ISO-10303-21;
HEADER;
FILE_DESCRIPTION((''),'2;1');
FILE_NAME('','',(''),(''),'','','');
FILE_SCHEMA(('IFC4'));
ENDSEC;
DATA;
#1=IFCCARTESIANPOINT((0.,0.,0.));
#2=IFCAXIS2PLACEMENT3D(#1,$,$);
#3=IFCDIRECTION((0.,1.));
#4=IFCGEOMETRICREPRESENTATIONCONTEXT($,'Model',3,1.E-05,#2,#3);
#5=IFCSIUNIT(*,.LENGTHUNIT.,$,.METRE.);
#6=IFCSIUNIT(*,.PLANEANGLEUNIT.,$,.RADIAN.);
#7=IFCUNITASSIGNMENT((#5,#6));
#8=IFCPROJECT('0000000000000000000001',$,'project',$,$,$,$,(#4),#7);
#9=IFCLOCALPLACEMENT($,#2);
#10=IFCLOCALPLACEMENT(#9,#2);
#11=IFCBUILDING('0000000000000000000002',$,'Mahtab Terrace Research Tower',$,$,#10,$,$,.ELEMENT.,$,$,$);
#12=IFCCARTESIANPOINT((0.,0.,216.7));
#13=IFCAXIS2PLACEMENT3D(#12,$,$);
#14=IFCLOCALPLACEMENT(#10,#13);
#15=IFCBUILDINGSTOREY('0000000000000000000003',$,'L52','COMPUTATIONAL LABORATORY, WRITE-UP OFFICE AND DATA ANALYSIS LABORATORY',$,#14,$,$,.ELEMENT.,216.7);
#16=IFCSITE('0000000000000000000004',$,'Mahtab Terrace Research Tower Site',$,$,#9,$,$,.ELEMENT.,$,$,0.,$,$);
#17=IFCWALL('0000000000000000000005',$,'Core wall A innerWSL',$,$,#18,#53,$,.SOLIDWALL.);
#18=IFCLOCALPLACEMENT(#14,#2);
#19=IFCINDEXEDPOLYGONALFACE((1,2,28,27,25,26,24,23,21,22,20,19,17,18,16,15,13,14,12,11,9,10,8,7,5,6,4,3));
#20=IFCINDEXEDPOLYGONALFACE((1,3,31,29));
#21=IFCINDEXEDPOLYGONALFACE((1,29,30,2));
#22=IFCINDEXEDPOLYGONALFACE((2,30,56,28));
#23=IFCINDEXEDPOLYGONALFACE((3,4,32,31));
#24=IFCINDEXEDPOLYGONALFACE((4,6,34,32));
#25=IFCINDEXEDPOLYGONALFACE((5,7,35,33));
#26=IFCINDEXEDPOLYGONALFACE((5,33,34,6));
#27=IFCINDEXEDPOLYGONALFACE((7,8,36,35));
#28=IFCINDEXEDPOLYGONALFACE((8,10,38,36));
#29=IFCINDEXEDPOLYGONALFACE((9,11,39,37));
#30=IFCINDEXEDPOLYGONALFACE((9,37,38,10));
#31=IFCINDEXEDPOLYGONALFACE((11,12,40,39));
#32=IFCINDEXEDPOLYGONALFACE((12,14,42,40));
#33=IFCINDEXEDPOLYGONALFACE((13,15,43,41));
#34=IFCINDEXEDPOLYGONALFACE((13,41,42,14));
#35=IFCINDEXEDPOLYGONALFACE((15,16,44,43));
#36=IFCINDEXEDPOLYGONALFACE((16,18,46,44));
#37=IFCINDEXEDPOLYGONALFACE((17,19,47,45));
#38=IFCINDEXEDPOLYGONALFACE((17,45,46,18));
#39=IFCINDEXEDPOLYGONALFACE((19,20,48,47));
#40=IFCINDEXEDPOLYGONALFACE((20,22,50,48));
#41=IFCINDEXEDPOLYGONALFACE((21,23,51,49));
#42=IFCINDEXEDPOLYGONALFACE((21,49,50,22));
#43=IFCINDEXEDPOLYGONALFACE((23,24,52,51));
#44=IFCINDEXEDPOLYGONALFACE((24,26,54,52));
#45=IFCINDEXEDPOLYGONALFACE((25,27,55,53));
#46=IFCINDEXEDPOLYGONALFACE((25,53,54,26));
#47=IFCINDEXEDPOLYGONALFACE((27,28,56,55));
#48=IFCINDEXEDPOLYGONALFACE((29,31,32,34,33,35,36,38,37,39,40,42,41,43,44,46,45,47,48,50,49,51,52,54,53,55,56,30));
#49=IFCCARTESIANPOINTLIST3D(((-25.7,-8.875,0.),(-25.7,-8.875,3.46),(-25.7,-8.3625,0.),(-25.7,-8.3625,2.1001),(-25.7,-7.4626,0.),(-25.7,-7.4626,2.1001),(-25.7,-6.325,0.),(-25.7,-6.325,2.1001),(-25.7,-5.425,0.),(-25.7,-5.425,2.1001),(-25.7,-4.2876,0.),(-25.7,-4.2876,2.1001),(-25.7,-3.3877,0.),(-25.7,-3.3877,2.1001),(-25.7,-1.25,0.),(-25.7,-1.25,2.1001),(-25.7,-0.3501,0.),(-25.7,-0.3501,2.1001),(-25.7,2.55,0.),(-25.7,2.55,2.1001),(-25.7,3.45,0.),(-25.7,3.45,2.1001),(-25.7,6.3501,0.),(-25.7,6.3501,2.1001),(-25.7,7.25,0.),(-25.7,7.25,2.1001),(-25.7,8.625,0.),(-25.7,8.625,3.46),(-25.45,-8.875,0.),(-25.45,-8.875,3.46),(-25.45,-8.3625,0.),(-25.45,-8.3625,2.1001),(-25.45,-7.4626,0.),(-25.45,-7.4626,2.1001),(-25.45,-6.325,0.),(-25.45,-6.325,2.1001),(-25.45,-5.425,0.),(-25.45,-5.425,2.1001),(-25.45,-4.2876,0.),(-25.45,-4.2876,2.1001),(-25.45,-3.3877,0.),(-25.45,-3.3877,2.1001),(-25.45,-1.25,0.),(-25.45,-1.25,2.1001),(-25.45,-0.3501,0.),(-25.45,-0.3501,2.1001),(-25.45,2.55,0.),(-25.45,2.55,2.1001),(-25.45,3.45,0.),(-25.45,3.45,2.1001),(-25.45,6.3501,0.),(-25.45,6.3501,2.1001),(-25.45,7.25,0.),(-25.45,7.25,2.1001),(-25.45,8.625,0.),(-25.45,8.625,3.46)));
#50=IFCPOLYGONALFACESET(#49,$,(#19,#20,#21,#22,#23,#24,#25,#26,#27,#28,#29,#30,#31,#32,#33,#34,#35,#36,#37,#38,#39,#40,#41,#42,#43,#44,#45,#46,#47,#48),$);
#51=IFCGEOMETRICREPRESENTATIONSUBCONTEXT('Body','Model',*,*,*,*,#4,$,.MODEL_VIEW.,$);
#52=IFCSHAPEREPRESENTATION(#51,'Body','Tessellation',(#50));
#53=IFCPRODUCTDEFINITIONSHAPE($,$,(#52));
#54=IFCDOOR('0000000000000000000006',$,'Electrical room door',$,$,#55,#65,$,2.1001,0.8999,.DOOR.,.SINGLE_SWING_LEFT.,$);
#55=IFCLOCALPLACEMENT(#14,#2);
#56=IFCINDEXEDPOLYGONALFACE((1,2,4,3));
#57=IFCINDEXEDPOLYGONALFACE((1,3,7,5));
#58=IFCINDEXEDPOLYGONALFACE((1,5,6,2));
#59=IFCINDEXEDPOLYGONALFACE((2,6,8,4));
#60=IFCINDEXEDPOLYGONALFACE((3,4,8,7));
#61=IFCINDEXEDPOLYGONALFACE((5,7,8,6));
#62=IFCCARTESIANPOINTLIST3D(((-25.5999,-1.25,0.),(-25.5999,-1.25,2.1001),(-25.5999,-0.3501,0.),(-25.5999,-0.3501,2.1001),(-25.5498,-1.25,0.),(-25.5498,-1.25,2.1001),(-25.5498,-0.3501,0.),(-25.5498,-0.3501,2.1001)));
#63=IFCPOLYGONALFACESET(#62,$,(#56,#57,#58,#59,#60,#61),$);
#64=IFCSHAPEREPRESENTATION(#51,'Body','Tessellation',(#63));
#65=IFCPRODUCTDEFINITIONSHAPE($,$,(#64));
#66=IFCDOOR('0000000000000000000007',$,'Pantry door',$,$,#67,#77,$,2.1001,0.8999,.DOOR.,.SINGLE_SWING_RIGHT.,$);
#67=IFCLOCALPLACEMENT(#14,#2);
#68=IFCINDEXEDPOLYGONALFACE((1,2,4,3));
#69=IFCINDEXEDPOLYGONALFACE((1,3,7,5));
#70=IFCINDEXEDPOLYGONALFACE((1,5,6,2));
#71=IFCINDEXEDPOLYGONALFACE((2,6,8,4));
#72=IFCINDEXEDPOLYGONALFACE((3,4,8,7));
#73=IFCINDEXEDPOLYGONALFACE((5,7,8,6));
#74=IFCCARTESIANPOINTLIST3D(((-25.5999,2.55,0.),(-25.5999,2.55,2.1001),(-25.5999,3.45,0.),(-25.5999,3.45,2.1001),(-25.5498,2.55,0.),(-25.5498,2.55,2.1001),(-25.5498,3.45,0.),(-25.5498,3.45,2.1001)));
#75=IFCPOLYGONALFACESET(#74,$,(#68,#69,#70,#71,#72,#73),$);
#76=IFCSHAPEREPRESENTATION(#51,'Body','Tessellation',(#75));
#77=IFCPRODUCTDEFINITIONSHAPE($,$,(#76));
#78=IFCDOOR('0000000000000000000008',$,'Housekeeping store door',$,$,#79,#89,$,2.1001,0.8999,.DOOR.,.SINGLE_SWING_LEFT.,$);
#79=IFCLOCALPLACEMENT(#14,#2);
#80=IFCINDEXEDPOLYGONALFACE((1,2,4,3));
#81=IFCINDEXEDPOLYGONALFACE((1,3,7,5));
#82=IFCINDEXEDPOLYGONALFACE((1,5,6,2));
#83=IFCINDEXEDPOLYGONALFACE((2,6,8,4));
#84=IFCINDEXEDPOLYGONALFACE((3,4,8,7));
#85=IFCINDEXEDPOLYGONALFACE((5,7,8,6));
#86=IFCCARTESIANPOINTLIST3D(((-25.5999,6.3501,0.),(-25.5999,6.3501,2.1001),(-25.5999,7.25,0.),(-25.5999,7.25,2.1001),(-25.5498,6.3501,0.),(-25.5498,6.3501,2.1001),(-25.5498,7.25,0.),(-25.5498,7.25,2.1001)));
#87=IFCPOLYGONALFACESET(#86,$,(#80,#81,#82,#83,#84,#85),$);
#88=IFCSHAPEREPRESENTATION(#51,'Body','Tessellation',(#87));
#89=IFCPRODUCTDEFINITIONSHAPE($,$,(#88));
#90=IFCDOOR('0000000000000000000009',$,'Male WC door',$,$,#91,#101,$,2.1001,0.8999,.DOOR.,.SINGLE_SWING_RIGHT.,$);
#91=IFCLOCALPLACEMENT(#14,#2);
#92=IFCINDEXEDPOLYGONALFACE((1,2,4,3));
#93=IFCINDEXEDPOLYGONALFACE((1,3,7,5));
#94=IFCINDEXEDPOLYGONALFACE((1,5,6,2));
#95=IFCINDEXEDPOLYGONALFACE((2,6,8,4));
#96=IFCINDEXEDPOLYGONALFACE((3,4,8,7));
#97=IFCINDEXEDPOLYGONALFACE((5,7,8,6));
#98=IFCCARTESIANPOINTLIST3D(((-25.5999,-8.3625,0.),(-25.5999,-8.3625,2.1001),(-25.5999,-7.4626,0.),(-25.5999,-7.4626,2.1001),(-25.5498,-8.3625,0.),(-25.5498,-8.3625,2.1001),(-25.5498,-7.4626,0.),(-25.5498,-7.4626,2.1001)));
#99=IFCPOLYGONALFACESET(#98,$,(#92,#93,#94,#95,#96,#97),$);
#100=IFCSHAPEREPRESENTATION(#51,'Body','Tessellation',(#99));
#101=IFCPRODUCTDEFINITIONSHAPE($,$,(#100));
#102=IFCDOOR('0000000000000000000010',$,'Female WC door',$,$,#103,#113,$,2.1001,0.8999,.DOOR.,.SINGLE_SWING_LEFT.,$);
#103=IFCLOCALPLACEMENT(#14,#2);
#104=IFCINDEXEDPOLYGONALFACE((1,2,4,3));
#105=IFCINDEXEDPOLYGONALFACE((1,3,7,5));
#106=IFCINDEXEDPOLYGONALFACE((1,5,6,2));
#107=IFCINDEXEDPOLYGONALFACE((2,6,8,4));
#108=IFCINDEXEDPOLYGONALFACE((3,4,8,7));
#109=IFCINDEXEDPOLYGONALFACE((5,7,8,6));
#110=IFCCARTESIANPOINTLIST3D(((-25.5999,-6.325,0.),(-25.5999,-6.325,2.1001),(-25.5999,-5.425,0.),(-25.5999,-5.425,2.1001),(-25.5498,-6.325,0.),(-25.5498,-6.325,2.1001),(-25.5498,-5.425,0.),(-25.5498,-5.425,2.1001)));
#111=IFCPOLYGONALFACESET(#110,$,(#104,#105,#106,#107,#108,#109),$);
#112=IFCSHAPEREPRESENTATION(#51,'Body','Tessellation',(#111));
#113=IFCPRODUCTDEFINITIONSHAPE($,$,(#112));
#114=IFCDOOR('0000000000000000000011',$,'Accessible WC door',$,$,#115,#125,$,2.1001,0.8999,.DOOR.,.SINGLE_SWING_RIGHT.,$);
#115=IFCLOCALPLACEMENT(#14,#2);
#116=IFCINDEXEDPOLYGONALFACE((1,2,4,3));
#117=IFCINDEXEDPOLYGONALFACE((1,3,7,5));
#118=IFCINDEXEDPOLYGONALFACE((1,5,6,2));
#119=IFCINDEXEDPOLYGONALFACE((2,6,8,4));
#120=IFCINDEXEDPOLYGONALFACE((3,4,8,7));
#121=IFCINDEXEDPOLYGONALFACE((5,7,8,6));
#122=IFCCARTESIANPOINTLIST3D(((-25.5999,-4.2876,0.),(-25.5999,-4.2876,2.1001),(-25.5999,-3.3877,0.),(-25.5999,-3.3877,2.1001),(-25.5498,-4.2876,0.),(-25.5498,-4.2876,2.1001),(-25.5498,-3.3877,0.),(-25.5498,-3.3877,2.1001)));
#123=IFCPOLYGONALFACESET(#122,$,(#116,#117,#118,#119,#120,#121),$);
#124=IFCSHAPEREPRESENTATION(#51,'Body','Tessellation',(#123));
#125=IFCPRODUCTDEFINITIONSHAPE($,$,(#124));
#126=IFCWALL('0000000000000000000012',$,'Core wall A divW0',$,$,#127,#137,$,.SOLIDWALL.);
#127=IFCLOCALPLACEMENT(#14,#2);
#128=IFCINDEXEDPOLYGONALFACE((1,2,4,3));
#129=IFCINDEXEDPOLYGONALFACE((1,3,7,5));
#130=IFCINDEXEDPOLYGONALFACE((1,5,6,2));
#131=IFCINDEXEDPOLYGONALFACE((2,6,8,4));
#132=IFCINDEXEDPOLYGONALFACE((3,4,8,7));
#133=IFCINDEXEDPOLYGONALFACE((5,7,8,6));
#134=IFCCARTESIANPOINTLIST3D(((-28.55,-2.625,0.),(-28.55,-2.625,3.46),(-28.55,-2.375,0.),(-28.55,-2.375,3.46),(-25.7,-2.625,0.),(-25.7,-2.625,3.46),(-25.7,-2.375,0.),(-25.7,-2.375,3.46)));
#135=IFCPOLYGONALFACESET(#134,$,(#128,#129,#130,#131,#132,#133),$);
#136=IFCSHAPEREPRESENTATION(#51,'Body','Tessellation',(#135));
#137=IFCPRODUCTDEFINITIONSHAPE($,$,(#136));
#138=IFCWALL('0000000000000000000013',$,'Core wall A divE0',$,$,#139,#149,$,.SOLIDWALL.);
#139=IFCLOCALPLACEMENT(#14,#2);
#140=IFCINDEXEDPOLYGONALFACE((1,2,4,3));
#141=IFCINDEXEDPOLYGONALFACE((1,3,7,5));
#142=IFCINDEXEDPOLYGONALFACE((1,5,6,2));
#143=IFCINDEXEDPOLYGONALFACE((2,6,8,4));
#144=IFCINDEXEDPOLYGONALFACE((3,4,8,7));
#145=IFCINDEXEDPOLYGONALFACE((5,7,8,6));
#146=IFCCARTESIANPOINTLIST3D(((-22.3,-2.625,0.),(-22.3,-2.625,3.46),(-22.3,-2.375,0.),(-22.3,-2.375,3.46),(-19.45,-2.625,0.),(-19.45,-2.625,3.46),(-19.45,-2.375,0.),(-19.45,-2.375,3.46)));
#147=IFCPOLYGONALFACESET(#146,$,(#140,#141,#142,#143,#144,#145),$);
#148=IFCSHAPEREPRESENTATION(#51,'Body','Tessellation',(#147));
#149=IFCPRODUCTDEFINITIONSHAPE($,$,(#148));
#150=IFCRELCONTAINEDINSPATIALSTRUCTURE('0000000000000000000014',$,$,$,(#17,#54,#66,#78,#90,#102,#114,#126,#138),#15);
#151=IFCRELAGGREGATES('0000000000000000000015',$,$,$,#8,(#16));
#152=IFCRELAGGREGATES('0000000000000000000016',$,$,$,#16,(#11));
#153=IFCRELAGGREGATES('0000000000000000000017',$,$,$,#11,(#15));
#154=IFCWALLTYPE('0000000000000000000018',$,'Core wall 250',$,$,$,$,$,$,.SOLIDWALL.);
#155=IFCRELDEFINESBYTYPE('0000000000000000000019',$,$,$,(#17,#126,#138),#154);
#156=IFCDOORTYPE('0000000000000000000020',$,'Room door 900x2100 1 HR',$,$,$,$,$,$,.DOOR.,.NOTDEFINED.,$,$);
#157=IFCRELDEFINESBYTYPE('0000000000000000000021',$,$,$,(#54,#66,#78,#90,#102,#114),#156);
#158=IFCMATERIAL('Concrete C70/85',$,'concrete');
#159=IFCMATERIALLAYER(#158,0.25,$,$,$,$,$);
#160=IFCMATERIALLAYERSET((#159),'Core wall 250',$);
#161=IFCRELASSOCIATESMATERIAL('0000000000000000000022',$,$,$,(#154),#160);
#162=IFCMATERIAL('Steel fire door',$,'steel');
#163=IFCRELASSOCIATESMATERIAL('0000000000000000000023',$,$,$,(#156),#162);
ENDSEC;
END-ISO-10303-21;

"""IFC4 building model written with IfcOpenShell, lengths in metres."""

from ifc_helpers import new_model, si_unit, direction, frame, frame_2d, origin, place, context, subcontext, project, spatial, rectangle, extrude, material, layer, layer_set, type_object, element, fill, save


model = new_model("IFC4")

# Units and contexts
model_context = context("Model", 3, precision=1e-05, world=origin(), true_north=direction((0.0, 1.0)))
body_context = subcontext(model_context, "Body", "Model", "MODEL_VIEW")
ifc_project = project(units=[si_unit("LENGTHUNIT", "METRE"), si_unit("PLANEANGLEUNIT", "RADIAN")], contexts=[model_context])

# Site, building, storey
site_placement = place(None, origin())
site = spatial("IfcSite", under=ifc_project, at=site_placement, Name="Mahtab Terrace Research Tower Site", CompositionType="ELEMENT", RefElevation=0.0)
building_placement = place(site_placement, origin())
building = spatial("IfcBuilding", under=site, at=building_placement, Name="Mahtab Terrace Research Tower", CompositionType="ELEMENT")
storey_placement = place(building_placement, frame((0.0, 0.0, 216.7)))
storey = spatial("IfcBuildingStorey", under=building, at=storey_placement, Name="L52", Description="COMPUTATIONAL LABORATORY, WRITE-UP OFFICE AND DATA ANALYSIS LABORATORY", CompositionType="ELEMENT", Elevation=216.7)

# Shared definitions
ifc_material_1 = material(Name="Concrete C70/85", Category="concrete")

# Shared definitions
ifc_layer_1 = layer(ifc_material_1, 0.25)
ifc_layer_set_1 = layer_set([ifc_layer_1], Name="Core wall 250")
wall_type_1 = type_object("IfcWallType", Name="Core wall 250", PredefinedType="SOLIDWALL", material=ifc_layer_set_1)

# Shared definitions
ifc_material_2 = material(Name="Steel fire door", Category="steel")

# Wall, openings, doors
wall_1_placement = place(storey_placement, frame((-25.575, -8.875, 0.0), z_axis=(0.0, 0.0, 1.0), x_axis=(0.0, 1.0, 0.0)))
wall_1 = element("IfcWall", 1, at=wall_1_placement, inside=storey, type_object=wall_type_1, Name="Core wall A innerWSL", PredefinedType="SOLIDWALL", context=body_context, shape_type="SweptSolid", body=[
    extrude(rectangle(XDim=17.5, YDim=0.25, at=frame_2d((8.75, 0.0))), origin(), (0.0, 0.0, 1.0), 3.46),
])
opening_1_placement = place(wall_1_placement, frame((7.625, 0.0, 0.0)))
opening_1 = element("IfcOpeningElement", 2, at=opening_1_placement, cuts=wall_1, PredefinedType="OPENING", context=body_context, shape_type="SweptSolid", body=[
    extrude(rectangle(XDim=0.8999, YDim=2.1001, at=frame_2d((0.45, 1.05))), frame((0.0, 0.135, 0.0), z_axis=(0.0, -1.0, 0.0), x_axis=(1.0, 0.0, 0.0)), (0.0, 0.0, 1.0), 0.27),
])
opening_2_placement = place(wall_1_placement, frame((11.425, 0.0, 0.0)))
opening_2 = element("IfcOpeningElement", 3, at=opening_2_placement, cuts=wall_1, PredefinedType="OPENING", context=body_context, shape_type="SweptSolid", body=[
    extrude(rectangle(XDim=0.8999, YDim=2.1001, at=frame_2d((0.45, 1.05))), frame((0.0, 0.135, 0.0), z_axis=(0.0, -1.0, 0.0), x_axis=(1.0, 0.0, 0.0)), (0.0, 0.0, 1.0), 0.27),
])
opening_3_placement = place(wall_1_placement, frame((15.2251, 0.0, 0.0)))
opening_3 = element("IfcOpeningElement", 4, at=opening_3_placement, cuts=wall_1, PredefinedType="OPENING", context=body_context, shape_type="SweptSolid", body=[
    extrude(rectangle(XDim=0.8999, YDim=2.1001, at=frame_2d((0.45, 1.05))), frame((0.0, 0.135, 0.0), z_axis=(0.0, -1.0, 0.0), x_axis=(1.0, 0.0, 0.0)), (0.0, 0.0, 1.0), 0.27),
])
opening_4_placement = place(wall_1_placement, frame((0.5125, 0.0, 0.0)))
opening_4 = element("IfcOpeningElement", 5, at=opening_4_placement, cuts=wall_1, PredefinedType="OPENING", context=body_context, shape_type="SweptSolid", body=[
    extrude(rectangle(XDim=0.8999, YDim=2.1001, at=frame_2d((0.45, 1.05))), frame((0.0, 0.135, 0.0), z_axis=(0.0, -1.0, 0.0), x_axis=(1.0, 0.0, 0.0)), (0.0, 0.0, 1.0), 0.27),
])
opening_5_placement = place(wall_1_placement, frame((2.55, 0.0, 0.0)))
opening_5 = element("IfcOpeningElement", 6, at=opening_5_placement, cuts=wall_1, PredefinedType="OPENING", context=body_context, shape_type="SweptSolid", body=[
    extrude(rectangle(XDim=0.8999, YDim=2.1001, at=frame_2d((0.45, 1.05))), frame((0.0, 0.135, 0.0), z_axis=(0.0, -1.0, 0.0), x_axis=(1.0, 0.0, 0.0)), (0.0, 0.0, 1.0), 0.27),
])
opening_6_placement = place(wall_1_placement, frame((4.5874, 0.0, 0.0)))
opening_6 = element("IfcOpeningElement", 7, at=opening_6_placement, cuts=wall_1, PredefinedType="OPENING", context=body_context, shape_type="SweptSolid", body=[
    extrude(rectangle(XDim=0.8999, YDim=2.1001, at=frame_2d((0.45, 1.05))), frame((0.0, 0.135, 0.0), z_axis=(0.0, -1.0, 0.0), x_axis=(1.0, 0.0, 0.0)), (0.0, 0.0, 1.0), 0.27),
])
door_type_1 = type_object("IfcDoorType", Name="Room door 900x2100 1 HR", OperationType="NOTDEFINED", PredefinedType="DOOR", material=ifc_material_2)
door_1_placement = place(opening_1_placement, origin())
door_1 = element("IfcDoor", 8, at=door_1_placement, inside=storey, type_object=door_type_1, Name="Electrical room door", OperationType="SINGLE_SWING_LEFT", OverallHeight=2.1001, OverallWidth=0.8999, PredefinedType="DOOR", context=body_context, shape_type="SweptSolid", body=[
    extrude(rectangle(XDim=0.8999, YDim=2.1001, at=frame_2d((0.45, 1.05))), frame((0.0, 0.0249, 0.0), z_axis=(0.0, -1.0, 0.0), x_axis=(1.0, 0.0, 0.0)), (0.0, 0.0, 1.0), 0.05),
])
fill(opening_1, door_1)
door_2_placement = place(opening_2_placement, origin())
door_2 = element("IfcDoor", 9, at=door_2_placement, inside=storey, type_object=door_type_1, Name="Pantry door", OperationType="SINGLE_SWING_RIGHT", OverallHeight=2.1001, OverallWidth=0.8999, PredefinedType="DOOR", context=body_context, shape_type="SweptSolid", body=[
    extrude(rectangle(XDim=0.8999, YDim=2.1001, at=frame_2d((0.45, 1.05))), frame((0.0, 0.0249, 0.0), z_axis=(0.0, -1.0, 0.0), x_axis=(1.0, 0.0, 0.0)), (0.0, 0.0, 1.0), 0.05),
])
fill(opening_2, door_2)
door_3_placement = place(opening_3_placement, origin())
door_3 = element("IfcDoor", 10, at=door_3_placement, inside=storey, type_object=door_type_1, Name="Housekeeping store door", OperationType="SINGLE_SWING_LEFT", OverallHeight=2.1001, OverallWidth=0.8999, PredefinedType="DOOR", context=body_context, shape_type="SweptSolid", body=[
    extrude(rectangle(XDim=0.8999, YDim=2.1001, at=frame_2d((0.45, 1.05))), frame((0.0, 0.0249, 0.0), z_axis=(0.0, -1.0, 0.0), x_axis=(1.0, 0.0, 0.0)), (0.0, 0.0, 1.0), 0.05),
])
fill(opening_3, door_3)
door_4_placement = place(opening_4_placement, origin())
door_4 = element("IfcDoor", 11, at=door_4_placement, inside=storey, type_object=door_type_1, Name="Male WC door", OperationType="SINGLE_SWING_RIGHT", OverallHeight=2.1001, OverallWidth=0.8999, PredefinedType="DOOR", context=body_context, shape_type="SweptSolid", body=[
    extrude(rectangle(XDim=0.8999, YDim=2.1001, at=frame_2d((0.45, 1.05))), frame((0.0, 0.0249, 0.0), z_axis=(0.0, -1.0, 0.0), x_axis=(1.0, 0.0, 0.0)), (0.0, 0.0, 1.0), 0.05),
])
fill(opening_4, door_4)
door_5_placement = place(opening_5_placement, origin())
door_5 = element("IfcDoor", 12, at=door_5_placement, inside=storey, type_object=door_type_1, Name="Female WC door", OperationType="SINGLE_SWING_LEFT", OverallHeight=2.1001, OverallWidth=0.8999, PredefinedType="DOOR", context=body_context, shape_type="SweptSolid", body=[
    extrude(rectangle(XDim=0.8999, YDim=2.1001, at=frame_2d((0.45, 1.05))), frame((0.0, 0.0249, 0.0), z_axis=(0.0, -1.0, 0.0), x_axis=(1.0, 0.0, 0.0)), (0.0, 0.0, 1.0), 0.05),
])
fill(opening_5, door_5)
door_6_placement = place(opening_6_placement, origin())
door_6 = element("IfcDoor", 13, at=door_6_placement, inside=storey, type_object=door_type_1, Name="Accessible WC door", OperationType="SINGLE_SWING_RIGHT", OverallHeight=2.1001, OverallWidth=0.8999, PredefinedType="DOOR", context=body_context, shape_type="SweptSolid", body=[
    extrude(rectangle(XDim=0.8999, YDim=2.1001, at=frame_2d((0.45, 1.05))), frame((0.0, 0.0249, 0.0), z_axis=(0.0, -1.0, 0.0), x_axis=(1.0, 0.0, 0.0)), (0.0, 0.0, 1.0), 0.05),
])
fill(opening_6, door_6)

# Walls
for number, where, z_axis, x_axis, name in (
    (14, (-28.55, -2.5, 0.0), (0.0, 0.0, 1.0), (1.0, 0.0, 0.0), "Core wall A divW0"),
    (15, (-22.3, -2.5, 0.0), (0.0, 0.0, 1.0), (1.0, 0.0, 0.0), "Core wall A divE0"),
):
    element("IfcWall", number, at=place(storey_placement, frame(where, z_axis=z_axis, x_axis=x_axis)), inside=storey, type_object=wall_type_1, Name=name, PredefinedType="SOLIDWALL", context=body_context, shape_type="SweptSolid", body=[
        extrude(rectangle(XDim=2.8501, YDim=0.25, at=frame_2d((1.425, 0.0))), origin(), (0.0, 0.0, 1.0), 3.46),
    ])

save(model, "model.ifc")
